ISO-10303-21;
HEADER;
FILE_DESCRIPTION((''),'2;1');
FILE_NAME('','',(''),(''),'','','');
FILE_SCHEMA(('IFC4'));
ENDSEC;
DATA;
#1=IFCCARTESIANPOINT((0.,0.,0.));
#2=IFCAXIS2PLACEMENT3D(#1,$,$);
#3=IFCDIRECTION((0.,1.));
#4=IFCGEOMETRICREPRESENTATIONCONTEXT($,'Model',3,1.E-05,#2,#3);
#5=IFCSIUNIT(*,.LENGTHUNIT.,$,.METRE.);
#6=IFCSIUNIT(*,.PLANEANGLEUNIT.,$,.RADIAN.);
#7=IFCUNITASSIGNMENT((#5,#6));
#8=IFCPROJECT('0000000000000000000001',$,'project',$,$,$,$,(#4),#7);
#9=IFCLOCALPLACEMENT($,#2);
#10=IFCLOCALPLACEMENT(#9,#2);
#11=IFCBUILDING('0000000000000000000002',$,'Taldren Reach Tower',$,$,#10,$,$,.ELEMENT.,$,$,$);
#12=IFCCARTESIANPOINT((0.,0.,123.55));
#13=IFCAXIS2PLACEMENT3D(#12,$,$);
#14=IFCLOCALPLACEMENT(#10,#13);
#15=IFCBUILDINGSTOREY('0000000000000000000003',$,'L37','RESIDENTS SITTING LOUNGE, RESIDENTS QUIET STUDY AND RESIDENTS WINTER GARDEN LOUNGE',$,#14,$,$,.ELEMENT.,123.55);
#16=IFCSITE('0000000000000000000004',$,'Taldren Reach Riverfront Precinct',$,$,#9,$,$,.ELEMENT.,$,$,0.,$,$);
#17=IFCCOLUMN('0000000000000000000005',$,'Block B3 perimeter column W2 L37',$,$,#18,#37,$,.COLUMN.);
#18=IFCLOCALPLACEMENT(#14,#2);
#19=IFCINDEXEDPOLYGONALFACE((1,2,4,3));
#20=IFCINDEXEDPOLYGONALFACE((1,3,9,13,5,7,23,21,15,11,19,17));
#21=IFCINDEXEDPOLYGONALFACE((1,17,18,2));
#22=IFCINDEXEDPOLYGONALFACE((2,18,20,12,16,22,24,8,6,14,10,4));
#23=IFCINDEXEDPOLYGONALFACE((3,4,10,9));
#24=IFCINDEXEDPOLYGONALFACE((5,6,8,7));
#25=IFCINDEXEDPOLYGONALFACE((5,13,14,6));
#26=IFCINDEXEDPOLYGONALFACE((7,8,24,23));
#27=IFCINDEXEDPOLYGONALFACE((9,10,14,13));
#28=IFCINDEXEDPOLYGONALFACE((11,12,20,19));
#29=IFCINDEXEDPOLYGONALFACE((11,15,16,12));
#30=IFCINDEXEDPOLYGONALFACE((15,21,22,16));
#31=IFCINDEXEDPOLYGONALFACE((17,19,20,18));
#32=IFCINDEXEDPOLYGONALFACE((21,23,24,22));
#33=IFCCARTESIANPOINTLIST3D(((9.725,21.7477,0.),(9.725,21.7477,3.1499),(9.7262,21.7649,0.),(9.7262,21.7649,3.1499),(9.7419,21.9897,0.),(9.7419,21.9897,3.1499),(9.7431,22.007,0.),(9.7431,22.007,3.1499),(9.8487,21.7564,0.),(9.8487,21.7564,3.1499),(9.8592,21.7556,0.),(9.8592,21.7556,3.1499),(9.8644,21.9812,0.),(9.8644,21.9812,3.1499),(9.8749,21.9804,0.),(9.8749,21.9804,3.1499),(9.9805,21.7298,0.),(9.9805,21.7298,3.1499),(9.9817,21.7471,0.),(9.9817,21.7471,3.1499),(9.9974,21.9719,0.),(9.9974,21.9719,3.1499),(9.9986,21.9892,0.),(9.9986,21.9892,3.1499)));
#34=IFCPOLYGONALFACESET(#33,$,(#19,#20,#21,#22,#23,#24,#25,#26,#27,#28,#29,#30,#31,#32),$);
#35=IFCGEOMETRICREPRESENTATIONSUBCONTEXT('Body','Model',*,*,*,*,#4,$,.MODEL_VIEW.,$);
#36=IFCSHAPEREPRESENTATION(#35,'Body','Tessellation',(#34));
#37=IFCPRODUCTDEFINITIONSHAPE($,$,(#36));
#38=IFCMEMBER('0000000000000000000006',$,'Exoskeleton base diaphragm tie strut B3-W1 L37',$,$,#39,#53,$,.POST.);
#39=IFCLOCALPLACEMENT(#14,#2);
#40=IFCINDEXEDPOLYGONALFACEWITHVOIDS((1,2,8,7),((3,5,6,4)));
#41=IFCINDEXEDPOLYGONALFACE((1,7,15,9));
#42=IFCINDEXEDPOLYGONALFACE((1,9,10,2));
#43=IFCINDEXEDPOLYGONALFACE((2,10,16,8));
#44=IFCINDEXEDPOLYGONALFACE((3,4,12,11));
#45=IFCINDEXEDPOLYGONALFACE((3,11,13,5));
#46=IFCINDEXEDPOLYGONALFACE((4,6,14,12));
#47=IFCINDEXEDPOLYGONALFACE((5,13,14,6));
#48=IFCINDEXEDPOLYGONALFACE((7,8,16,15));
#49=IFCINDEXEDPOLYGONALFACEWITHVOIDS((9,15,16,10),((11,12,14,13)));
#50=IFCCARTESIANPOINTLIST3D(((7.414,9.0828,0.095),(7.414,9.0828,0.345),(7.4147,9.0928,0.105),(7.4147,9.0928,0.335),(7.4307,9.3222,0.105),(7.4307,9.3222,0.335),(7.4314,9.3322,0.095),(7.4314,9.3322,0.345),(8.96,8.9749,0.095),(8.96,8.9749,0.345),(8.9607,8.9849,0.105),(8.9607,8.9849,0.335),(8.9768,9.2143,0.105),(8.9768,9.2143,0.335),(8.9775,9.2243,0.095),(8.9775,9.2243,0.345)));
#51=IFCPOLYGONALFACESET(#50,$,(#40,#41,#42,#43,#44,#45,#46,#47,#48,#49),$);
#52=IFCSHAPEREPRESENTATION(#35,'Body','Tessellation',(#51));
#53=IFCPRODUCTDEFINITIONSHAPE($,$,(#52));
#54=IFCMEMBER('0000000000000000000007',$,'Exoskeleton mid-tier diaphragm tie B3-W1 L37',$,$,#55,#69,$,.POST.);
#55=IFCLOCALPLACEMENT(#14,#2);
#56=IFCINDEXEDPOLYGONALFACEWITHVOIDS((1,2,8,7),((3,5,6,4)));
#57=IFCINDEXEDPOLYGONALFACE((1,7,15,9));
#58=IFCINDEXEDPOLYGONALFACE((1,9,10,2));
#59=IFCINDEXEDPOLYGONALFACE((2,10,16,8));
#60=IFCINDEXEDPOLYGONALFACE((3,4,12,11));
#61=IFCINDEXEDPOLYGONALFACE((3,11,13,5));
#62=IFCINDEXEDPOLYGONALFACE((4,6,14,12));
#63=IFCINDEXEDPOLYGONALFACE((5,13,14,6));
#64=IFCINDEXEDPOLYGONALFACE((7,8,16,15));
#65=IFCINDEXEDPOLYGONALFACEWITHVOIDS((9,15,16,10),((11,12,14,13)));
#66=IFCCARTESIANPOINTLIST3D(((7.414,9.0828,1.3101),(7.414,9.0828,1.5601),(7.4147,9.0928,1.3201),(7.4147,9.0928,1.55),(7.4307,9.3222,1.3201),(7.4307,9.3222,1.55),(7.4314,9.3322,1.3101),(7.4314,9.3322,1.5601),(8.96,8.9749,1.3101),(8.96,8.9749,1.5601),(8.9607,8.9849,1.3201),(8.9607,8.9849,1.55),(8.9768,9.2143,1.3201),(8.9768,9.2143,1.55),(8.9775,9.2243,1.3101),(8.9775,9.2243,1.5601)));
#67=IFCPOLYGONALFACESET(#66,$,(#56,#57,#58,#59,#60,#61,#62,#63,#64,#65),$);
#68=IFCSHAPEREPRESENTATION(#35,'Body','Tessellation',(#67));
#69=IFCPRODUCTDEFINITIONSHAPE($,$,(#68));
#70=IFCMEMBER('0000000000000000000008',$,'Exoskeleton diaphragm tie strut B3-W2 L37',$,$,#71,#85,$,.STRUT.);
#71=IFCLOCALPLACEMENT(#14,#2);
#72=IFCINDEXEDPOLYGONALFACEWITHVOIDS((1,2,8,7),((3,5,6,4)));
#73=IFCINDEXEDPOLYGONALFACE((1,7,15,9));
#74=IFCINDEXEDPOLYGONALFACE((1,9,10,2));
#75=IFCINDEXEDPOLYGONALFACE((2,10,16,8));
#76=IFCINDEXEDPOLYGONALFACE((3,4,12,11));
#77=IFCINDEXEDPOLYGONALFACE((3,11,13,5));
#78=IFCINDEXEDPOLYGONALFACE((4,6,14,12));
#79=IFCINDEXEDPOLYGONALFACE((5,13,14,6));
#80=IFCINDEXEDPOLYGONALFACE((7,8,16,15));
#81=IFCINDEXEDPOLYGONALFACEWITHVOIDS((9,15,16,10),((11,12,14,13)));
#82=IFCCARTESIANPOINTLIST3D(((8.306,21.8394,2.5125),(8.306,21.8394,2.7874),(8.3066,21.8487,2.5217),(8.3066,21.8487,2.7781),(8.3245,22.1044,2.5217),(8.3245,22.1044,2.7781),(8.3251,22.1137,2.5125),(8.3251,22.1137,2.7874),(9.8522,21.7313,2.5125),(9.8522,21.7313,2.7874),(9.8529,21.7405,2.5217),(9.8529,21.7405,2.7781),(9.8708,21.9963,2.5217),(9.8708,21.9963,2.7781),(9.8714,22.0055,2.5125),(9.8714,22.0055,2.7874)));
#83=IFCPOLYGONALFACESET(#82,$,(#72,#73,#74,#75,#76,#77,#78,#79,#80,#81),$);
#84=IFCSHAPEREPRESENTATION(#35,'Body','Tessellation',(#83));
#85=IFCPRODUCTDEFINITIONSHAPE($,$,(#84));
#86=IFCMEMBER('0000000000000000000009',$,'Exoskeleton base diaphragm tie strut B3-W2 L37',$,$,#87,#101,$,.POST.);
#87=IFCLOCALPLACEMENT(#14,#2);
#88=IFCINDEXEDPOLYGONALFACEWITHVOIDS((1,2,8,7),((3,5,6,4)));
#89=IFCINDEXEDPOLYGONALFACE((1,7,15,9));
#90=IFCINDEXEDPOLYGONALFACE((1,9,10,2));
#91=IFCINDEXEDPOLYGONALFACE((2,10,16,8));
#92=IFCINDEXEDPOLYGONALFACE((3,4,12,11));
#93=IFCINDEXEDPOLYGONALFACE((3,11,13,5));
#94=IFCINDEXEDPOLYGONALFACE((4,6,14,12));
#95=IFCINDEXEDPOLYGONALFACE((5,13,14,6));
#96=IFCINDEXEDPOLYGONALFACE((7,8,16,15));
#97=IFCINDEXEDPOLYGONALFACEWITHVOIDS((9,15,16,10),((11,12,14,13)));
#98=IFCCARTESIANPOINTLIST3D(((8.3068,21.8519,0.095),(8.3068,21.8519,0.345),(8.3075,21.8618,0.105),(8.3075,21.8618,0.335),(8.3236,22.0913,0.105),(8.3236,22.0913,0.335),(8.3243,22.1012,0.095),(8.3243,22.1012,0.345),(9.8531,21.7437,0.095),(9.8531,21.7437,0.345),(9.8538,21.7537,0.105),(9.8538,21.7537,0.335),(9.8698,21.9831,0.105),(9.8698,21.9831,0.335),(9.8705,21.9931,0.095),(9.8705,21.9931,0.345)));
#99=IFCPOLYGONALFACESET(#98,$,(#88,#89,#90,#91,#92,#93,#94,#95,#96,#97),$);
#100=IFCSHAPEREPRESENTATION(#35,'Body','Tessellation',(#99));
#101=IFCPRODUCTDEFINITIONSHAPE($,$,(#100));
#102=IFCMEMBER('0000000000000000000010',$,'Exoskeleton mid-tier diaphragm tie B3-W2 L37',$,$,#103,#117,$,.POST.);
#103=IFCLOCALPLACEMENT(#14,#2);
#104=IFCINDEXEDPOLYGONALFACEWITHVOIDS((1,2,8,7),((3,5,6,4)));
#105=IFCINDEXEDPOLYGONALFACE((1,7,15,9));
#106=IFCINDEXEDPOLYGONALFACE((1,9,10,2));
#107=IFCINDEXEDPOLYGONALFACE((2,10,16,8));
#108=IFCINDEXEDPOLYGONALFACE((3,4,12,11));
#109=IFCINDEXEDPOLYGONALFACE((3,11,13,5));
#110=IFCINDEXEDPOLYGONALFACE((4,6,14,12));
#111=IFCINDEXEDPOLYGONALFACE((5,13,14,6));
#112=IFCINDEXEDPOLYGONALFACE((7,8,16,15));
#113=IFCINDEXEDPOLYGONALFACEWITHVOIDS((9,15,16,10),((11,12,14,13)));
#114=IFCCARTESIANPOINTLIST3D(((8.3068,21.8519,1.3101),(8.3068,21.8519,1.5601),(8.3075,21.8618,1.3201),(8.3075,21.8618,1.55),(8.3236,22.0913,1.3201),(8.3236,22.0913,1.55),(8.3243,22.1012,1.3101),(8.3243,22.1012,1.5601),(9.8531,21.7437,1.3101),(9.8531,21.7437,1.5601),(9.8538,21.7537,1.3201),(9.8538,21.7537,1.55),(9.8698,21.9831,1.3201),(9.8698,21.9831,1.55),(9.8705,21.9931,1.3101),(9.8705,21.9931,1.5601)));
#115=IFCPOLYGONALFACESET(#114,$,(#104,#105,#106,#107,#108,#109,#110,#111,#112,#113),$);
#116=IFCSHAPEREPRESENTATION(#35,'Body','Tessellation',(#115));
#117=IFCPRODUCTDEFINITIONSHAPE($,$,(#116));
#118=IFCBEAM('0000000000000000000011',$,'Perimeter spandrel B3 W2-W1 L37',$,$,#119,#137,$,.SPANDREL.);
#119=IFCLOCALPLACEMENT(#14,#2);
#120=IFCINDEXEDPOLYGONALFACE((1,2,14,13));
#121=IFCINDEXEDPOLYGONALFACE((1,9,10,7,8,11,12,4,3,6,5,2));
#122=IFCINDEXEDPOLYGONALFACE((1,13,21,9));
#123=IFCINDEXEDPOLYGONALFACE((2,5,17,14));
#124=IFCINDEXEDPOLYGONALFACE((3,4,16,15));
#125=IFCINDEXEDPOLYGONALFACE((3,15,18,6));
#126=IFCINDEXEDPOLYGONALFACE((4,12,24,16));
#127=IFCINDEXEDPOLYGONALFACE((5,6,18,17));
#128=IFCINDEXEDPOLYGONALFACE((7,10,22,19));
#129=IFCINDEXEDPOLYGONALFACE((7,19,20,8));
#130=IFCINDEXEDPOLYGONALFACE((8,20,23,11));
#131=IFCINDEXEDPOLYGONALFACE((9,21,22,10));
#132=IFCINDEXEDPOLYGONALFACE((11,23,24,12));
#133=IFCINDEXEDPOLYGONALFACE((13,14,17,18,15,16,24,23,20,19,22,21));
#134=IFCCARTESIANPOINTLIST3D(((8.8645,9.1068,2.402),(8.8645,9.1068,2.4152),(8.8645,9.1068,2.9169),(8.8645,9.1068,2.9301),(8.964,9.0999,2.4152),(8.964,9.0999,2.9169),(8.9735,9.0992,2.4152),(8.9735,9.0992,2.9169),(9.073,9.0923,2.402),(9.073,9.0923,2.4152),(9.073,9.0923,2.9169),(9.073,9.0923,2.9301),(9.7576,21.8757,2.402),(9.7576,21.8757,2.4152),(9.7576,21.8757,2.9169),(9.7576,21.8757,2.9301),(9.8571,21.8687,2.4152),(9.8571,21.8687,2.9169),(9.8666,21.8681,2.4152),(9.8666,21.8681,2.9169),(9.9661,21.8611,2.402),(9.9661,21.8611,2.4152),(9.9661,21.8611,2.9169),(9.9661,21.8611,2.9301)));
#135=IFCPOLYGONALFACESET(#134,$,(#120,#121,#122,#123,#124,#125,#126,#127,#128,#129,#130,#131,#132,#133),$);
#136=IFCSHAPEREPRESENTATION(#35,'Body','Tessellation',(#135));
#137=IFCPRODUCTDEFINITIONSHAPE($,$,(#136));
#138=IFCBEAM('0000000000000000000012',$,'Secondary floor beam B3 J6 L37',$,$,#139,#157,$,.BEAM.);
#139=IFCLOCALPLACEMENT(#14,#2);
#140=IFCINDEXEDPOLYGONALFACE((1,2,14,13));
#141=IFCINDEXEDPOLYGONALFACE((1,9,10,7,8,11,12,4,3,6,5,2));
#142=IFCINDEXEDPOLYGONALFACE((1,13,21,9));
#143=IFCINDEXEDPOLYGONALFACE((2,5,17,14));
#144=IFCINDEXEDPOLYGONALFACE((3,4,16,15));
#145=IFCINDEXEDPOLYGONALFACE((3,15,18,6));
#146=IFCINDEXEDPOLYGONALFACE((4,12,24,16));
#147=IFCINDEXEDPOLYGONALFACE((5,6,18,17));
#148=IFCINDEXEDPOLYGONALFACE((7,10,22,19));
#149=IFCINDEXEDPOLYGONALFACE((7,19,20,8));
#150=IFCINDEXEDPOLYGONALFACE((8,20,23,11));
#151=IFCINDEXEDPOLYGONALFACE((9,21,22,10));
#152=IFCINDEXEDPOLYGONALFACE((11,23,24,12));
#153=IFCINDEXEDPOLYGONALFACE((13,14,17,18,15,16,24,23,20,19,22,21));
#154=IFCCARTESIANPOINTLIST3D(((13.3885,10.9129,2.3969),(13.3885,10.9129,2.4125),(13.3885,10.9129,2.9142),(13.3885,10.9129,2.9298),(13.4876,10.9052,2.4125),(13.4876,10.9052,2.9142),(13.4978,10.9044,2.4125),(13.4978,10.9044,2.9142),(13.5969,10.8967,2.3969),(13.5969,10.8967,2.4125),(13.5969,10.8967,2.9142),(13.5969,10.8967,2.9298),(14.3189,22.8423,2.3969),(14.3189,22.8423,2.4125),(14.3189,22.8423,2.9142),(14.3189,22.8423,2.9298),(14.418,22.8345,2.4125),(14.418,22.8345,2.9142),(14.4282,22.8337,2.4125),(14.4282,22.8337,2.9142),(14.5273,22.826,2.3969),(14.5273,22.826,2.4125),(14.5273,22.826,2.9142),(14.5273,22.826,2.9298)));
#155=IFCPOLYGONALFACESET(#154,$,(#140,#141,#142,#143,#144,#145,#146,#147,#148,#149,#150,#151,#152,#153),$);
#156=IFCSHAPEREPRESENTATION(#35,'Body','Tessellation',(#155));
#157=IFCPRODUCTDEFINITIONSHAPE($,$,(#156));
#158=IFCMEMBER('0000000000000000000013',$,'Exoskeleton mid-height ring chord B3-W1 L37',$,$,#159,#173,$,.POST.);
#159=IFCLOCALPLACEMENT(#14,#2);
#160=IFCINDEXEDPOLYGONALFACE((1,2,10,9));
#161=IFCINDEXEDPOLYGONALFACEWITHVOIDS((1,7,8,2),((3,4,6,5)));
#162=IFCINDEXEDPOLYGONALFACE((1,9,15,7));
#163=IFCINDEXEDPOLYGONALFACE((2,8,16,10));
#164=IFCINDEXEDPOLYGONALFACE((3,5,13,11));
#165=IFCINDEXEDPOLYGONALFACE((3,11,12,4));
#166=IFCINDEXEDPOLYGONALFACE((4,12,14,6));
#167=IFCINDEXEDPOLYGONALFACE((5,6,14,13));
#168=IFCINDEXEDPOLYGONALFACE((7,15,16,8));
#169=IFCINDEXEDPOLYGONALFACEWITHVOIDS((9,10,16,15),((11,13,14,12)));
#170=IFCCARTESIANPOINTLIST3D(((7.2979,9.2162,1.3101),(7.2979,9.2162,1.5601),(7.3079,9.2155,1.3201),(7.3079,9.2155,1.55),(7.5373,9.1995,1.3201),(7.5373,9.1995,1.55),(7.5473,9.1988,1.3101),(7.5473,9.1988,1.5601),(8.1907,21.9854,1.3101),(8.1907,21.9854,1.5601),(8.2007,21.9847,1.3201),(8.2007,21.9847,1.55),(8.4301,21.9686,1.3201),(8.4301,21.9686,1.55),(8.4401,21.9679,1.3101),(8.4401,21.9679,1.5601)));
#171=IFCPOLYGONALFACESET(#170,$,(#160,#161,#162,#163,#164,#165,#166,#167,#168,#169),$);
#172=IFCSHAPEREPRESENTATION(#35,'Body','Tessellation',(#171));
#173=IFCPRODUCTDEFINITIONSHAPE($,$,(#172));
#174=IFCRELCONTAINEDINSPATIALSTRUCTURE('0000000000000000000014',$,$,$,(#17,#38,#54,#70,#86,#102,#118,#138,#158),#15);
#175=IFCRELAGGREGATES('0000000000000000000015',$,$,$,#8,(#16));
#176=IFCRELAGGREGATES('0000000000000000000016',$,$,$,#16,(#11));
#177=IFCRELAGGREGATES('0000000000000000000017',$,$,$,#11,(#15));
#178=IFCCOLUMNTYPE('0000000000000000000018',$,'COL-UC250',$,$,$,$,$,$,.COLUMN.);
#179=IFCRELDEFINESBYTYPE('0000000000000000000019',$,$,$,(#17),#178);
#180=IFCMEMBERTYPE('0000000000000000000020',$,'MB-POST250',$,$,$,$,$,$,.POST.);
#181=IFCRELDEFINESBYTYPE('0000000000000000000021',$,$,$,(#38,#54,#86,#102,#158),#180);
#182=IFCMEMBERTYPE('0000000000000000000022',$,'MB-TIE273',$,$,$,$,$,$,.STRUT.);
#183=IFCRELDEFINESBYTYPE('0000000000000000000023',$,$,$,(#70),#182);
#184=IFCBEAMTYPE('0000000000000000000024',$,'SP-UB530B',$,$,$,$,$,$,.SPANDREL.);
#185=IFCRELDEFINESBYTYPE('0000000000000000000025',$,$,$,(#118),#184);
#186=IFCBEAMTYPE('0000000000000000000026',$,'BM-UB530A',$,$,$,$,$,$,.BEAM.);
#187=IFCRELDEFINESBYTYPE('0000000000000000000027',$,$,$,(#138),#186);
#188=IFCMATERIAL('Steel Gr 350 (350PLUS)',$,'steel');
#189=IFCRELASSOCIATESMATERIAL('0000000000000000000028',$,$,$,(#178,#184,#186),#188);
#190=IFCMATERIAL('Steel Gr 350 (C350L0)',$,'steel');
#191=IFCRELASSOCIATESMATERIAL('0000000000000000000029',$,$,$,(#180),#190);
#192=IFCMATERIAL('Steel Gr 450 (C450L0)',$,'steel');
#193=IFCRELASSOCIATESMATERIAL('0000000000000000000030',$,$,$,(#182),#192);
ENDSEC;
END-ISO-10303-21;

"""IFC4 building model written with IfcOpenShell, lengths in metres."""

from ifc_helpers import new_model, si_unit, direction, frame, origin, origin_2d, place, context, subcontext, project, spatial, hollow_rectangle, i_section, extrude, source, transform, mapped, material, material_profile, profile_set, type_object, element, save


model = new_model("IFC4")

# Units and contexts
model_context = context("Model", 3, precision=1e-05, world=origin(), true_north=direction((0.0, 1.0)))
body_context = subcontext(model_context, "Body", "Model", "MODEL_VIEW")
ifc_project = project(units=[si_unit("LENGTHUNIT", "METRE"), si_unit("PLANEANGLEUNIT", "RADIAN")], contexts=[model_context])

# Site, building, storey
site_placement = place(None, origin())
site = spatial("IfcSite", under=ifc_project, at=site_placement, Name="Taldren Reach Riverfront Precinct", CompositionType="ELEMENT", RefElevation=0.0)
building_placement = place(site_placement, origin())
building = spatial("IfcBuilding", under=site, at=building_placement, Name="Taldren Reach Tower", CompositionType="ELEMENT")
storey_placement = place(building_placement, frame((0.0, 0.0, 123.55)))
storey = spatial("IfcBuildingStorey", under=building, at=storey_placement, Name="L37", Description="RESIDENTS SITTING LOUNGE, RESIDENTS QUIET STUDY AND RESIDENTS WINTER GARDEN LOUNGE", CompositionType="ELEMENT", Elevation=123.55)

# Column
ifc_material_1 = material(Name="Steel Gr 350 (350PLUS)", Category="steel")
ifc_material_profile_1 = material_profile(ifc_material_1, i_section(OverallWidth=0.2561, OverallDepth=0.26, WebThickness=0.0105, FlangeThickness=0.0173, at=origin_2d()), Name="250UC89.5")
ifc_profile_set_1 = profile_set([ifc_material_profile_1], Name="Steel Gr 350 (350PLUS)")
column_type = type_object("IfcColumnType", Name="COL-UC250", PredefinedType="COLUMN", material=ifc_profile_set_1)
shared_shape_1 = source(origin(), body_context, "Body", "SweptSolid", [
    extrude(i_section(OverallWidth=0.2561, OverallDepth=0.26, WebThickness=0.0105, FlangeThickness=0.0173, at=origin_2d()), origin(), (0.0, 0.0, 1.0), 3.1499),
])
column_placement = place(storey_placement, frame((9.8618, 21.8684, 0.0), z_axis=(0.0, 0.0, 1.0), x_axis=(0.997564, -0.069756, 0.0)))
element("IfcColumn", 1, at=column_placement, inside=storey, type_object=column_type, Name="Block B3 perimeter column W2 L37", PredefinedType="COLUMN", context=body_context, shape_type="MappedRepresentation", body=[
    mapped(shared_shape_1, transform((0.0, 0.0, 0.0), scale=1.0)),
])

# Members
ifc_material_2 = material(Name="Steel Gr 350 (C350L0)", Category="steel")
ifc_material_profile_2 = material_profile(ifc_material_2, hollow_rectangle(XDim=0.25, YDim=0.25, WallThickness=0.01, at=origin_2d()), Name="250x250x10.0SHS")
ifc_profile_set_2 = profile_set([ifc_material_profile_2], Name="Steel Gr 350 (C350L0)")
member_type_1 = type_object("IfcMemberType", Name="MB-POST250", PredefinedType="POST", material=ifc_profile_set_2)
shared_shape_2 = source(origin(), body_context, "Body", "SweptSolid", [
    extrude(hollow_rectangle(XDim=0.25, YDim=0.25, WallThickness=0.01, at=origin_2d()), origin(), (0.0, 0.0, 1.0), 1.5498),
])
for number, where, z_axis, x_axis, name in (
    (2, (8.9688, 9.0996, 0.22), (-0.997573, 0.069624, 0.0), (-0.069624, -0.997573, 0.0), "Exoskeleton base diaphragm tie strut B3-W1 L37"),
    (3, (8.9688, 9.0996, 1.4351), (-0.997573, 0.069624, 0.0), (-0.069624, -0.997573, 0.0), "Exoskeleton mid-tier diaphragm tie B3-W1 L37"),
):
    element("IfcMember", number, at=place(storey_placement, frame(where, z_axis=z_axis, x_axis=x_axis)), inside=storey, type_object=member_type_1, Name=name, PredefinedType="POST", context=body_context, shape_type="MappedRepresentation", body=[
        mapped(shared_shape_2, transform((0.0, 0.0, 0.0), scale=1.0)),
    ])
ifc_material_3 = material(Name="Steel Gr 450 (C450L0)", Category="steel")
ifc_material_profile_3 = material_profile(ifc_material_3, hollow_rectangle(XDim=0.2749, YDim=0.2749, WallThickness=0.0093, at=origin_2d()), Name="275x275x9.3SHS")
ifc_profile_set_3 = profile_set([ifc_material_profile_3], Name="Steel Gr 450 (C450L0)")
member_type_2 = type_object("IfcMemberType", Name="MB-TIE273", PredefinedType="STRUT", material=ifc_profile_set_3)
shared_shape_3 = source(origin(), body_context, "Body", "SweptSolid", [
    extrude(hollow_rectangle(XDim=0.2749, YDim=0.2749, WallThickness=0.0093, at=origin_2d()), origin(), (0.0, 0.0, 1.0), 1.55),
])
member_1_placement = place(storey_placement, frame((9.8618, 21.8684, 2.6499), z_axis=(-0.997563, 0.06977, 0.0), x_axis=(-0.06977, -0.997563, 0.0)))
element("IfcMember", 4, at=member_1_placement, inside=storey, type_object=member_type_2, Name="Exoskeleton diaphragm tie strut B3-W2 L37", PredefinedType="STRUT", context=body_context, shape_type="MappedRepresentation", body=[
    mapped(shared_shape_3, transform((0.0, 0.0, 0.0), scale=1.0)),
])
shared_shape_4 = source(origin(), body_context, "Body", "SweptSolid", [
    extrude(hollow_rectangle(XDim=0.25, YDim=0.25, WallThickness=0.01, at=origin_2d()), origin(), (0.0, 0.0, 1.0), 1.55),
])
for number, where, z_axis, x_axis, name in (
    (5, (9.8618, 21.8684, 0.22), (-0.997563, 0.06977, 0.0), (-0.06977, -0.997563, 0.0), "Exoskeleton base diaphragm tie strut B3-W2 L37"),
    (6, (9.8618, 21.8684, 1.4351), (-0.997563, 0.06977, 0.0), (-0.06977, -0.997563, 0.0), "Exoskeleton mid-tier diaphragm tie B3-W2 L37"),
):
    element("IfcMember", number, at=place(storey_placement, frame(where, z_axis=z_axis, x_axis=x_axis)), inside=storey, type_object=member_type_1, Name=name, PredefinedType="POST", context=body_context, shape_type="MappedRepresentation", body=[
        mapped(shared_shape_4, transform((0.0, 0.0, 0.0), scale=1.0)),
    ])

# Beams
ifc_material_profile_4 = material_profile(ifc_material_1, i_section(OverallWidth=0.209, OverallDepth=0.5281, WebThickness=0.0095, FlangeThickness=0.0132, at=origin_2d()), Name="530UB82.0")
ifc_profile_set_4 = profile_set([ifc_material_profile_4], Name="Steel Gr 350 (350PLUS)")
beam_type_1 = type_object("IfcBeamType", Name="SP-UB530B", PredefinedType="SPANDREL", material=ifc_profile_set_4)
shared_shape_5 = source(origin(), body_context, "Body", "SweptSolid", [
    extrude(i_section(OverallWidth=0.209, OverallDepth=0.5281, WebThickness=0.0095, FlangeThickness=0.0132, at=origin_2d()), origin(), (0.0, 0.0, 1.0), 12.8),
])
beam_1_placement = place(storey_placement, frame((9.8618, 21.8684, 2.666), z_axis=(-0.069771, -0.997563, 0.0), x_axis=(0.997563, -0.069771, 0.0)))
element("IfcBeam", 7, at=beam_1_placement, inside=storey, type_object=beam_type_1, Name="Perimeter spandrel B3 W2-W1 L37", PredefinedType="SPANDREL", context=body_context, shape_type="MappedRepresentation", body=[
    mapped(shared_shape_5, transform((0.0, 0.0, 0.0), scale=1.0)),
])
ifc_material_profile_5 = material_profile(ifc_material_1, i_section(OverallWidth=0.209, OverallDepth=0.533, WebThickness=0.0103, FlangeThickness=0.0156, at=origin_2d()), Name="530UB92.4")
ifc_profile_set_5 = profile_set([ifc_material_profile_5], Name="Steel Gr 350 (350PLUS)")
beam_type_2 = type_object("IfcBeamType", Name="BM-UB530A", PredefinedType="BEAM", material=ifc_profile_set_5)
shared_shape_6 = source(origin(), body_context, "Body", "SweptSolid", [
    extrude(i_section(OverallWidth=0.209, OverallDepth=0.533, WebThickness=0.0103, FlangeThickness=0.0156, at=origin_2d()), origin(), (0.0, 0.0, 1.0), 11.9656),
])
beam_2_placement = place(storey_placement, frame((13.4927, 10.9048, 2.6633), z_axis=(0.077757, 0.996972, 0.0), x_axis=(-0.996972, 0.077757, 0.0)))
element("IfcBeam", 8, at=beam_2_placement, inside=storey, type_object=beam_type_2, Name="Secondary floor beam B3 J6 L37", PredefinedType="BEAM", context=body_context, shape_type="MappedRepresentation", body=[
    mapped(shared_shape_6, transform((0.0, 0.0, 0.0), scale=1.0)),
])

# Member
shared_shape_7 = source(origin(), body_context, "Body", "SweptSolid", [
    extrude(hollow_rectangle(XDim=0.25, YDim=0.25, WallThickness=0.01, at=origin_2d()), origin(), (0.0, 0.0, 1.0), 12.8003),
])
member_2_placement = place(storey_placement, frame((7.4226, 9.2075, 1.4351), z_axis=(0.069751, 0.997564, 0.0), x_axis=(-0.997564, 0.069751, 0.0)))
element("IfcMember", 9, at=member_2_placement, inside=storey, type_object=member_type_1, Name="Exoskeleton mid-height ring chord B3-W1 L37", PredefinedType="POST", context=body_context, shape_type="MappedRepresentation", body=[
    mapped(shared_shape_7, transform((0.0, 0.0, 0.0), scale=1.0)),
])

save(model, "model.ifc")
